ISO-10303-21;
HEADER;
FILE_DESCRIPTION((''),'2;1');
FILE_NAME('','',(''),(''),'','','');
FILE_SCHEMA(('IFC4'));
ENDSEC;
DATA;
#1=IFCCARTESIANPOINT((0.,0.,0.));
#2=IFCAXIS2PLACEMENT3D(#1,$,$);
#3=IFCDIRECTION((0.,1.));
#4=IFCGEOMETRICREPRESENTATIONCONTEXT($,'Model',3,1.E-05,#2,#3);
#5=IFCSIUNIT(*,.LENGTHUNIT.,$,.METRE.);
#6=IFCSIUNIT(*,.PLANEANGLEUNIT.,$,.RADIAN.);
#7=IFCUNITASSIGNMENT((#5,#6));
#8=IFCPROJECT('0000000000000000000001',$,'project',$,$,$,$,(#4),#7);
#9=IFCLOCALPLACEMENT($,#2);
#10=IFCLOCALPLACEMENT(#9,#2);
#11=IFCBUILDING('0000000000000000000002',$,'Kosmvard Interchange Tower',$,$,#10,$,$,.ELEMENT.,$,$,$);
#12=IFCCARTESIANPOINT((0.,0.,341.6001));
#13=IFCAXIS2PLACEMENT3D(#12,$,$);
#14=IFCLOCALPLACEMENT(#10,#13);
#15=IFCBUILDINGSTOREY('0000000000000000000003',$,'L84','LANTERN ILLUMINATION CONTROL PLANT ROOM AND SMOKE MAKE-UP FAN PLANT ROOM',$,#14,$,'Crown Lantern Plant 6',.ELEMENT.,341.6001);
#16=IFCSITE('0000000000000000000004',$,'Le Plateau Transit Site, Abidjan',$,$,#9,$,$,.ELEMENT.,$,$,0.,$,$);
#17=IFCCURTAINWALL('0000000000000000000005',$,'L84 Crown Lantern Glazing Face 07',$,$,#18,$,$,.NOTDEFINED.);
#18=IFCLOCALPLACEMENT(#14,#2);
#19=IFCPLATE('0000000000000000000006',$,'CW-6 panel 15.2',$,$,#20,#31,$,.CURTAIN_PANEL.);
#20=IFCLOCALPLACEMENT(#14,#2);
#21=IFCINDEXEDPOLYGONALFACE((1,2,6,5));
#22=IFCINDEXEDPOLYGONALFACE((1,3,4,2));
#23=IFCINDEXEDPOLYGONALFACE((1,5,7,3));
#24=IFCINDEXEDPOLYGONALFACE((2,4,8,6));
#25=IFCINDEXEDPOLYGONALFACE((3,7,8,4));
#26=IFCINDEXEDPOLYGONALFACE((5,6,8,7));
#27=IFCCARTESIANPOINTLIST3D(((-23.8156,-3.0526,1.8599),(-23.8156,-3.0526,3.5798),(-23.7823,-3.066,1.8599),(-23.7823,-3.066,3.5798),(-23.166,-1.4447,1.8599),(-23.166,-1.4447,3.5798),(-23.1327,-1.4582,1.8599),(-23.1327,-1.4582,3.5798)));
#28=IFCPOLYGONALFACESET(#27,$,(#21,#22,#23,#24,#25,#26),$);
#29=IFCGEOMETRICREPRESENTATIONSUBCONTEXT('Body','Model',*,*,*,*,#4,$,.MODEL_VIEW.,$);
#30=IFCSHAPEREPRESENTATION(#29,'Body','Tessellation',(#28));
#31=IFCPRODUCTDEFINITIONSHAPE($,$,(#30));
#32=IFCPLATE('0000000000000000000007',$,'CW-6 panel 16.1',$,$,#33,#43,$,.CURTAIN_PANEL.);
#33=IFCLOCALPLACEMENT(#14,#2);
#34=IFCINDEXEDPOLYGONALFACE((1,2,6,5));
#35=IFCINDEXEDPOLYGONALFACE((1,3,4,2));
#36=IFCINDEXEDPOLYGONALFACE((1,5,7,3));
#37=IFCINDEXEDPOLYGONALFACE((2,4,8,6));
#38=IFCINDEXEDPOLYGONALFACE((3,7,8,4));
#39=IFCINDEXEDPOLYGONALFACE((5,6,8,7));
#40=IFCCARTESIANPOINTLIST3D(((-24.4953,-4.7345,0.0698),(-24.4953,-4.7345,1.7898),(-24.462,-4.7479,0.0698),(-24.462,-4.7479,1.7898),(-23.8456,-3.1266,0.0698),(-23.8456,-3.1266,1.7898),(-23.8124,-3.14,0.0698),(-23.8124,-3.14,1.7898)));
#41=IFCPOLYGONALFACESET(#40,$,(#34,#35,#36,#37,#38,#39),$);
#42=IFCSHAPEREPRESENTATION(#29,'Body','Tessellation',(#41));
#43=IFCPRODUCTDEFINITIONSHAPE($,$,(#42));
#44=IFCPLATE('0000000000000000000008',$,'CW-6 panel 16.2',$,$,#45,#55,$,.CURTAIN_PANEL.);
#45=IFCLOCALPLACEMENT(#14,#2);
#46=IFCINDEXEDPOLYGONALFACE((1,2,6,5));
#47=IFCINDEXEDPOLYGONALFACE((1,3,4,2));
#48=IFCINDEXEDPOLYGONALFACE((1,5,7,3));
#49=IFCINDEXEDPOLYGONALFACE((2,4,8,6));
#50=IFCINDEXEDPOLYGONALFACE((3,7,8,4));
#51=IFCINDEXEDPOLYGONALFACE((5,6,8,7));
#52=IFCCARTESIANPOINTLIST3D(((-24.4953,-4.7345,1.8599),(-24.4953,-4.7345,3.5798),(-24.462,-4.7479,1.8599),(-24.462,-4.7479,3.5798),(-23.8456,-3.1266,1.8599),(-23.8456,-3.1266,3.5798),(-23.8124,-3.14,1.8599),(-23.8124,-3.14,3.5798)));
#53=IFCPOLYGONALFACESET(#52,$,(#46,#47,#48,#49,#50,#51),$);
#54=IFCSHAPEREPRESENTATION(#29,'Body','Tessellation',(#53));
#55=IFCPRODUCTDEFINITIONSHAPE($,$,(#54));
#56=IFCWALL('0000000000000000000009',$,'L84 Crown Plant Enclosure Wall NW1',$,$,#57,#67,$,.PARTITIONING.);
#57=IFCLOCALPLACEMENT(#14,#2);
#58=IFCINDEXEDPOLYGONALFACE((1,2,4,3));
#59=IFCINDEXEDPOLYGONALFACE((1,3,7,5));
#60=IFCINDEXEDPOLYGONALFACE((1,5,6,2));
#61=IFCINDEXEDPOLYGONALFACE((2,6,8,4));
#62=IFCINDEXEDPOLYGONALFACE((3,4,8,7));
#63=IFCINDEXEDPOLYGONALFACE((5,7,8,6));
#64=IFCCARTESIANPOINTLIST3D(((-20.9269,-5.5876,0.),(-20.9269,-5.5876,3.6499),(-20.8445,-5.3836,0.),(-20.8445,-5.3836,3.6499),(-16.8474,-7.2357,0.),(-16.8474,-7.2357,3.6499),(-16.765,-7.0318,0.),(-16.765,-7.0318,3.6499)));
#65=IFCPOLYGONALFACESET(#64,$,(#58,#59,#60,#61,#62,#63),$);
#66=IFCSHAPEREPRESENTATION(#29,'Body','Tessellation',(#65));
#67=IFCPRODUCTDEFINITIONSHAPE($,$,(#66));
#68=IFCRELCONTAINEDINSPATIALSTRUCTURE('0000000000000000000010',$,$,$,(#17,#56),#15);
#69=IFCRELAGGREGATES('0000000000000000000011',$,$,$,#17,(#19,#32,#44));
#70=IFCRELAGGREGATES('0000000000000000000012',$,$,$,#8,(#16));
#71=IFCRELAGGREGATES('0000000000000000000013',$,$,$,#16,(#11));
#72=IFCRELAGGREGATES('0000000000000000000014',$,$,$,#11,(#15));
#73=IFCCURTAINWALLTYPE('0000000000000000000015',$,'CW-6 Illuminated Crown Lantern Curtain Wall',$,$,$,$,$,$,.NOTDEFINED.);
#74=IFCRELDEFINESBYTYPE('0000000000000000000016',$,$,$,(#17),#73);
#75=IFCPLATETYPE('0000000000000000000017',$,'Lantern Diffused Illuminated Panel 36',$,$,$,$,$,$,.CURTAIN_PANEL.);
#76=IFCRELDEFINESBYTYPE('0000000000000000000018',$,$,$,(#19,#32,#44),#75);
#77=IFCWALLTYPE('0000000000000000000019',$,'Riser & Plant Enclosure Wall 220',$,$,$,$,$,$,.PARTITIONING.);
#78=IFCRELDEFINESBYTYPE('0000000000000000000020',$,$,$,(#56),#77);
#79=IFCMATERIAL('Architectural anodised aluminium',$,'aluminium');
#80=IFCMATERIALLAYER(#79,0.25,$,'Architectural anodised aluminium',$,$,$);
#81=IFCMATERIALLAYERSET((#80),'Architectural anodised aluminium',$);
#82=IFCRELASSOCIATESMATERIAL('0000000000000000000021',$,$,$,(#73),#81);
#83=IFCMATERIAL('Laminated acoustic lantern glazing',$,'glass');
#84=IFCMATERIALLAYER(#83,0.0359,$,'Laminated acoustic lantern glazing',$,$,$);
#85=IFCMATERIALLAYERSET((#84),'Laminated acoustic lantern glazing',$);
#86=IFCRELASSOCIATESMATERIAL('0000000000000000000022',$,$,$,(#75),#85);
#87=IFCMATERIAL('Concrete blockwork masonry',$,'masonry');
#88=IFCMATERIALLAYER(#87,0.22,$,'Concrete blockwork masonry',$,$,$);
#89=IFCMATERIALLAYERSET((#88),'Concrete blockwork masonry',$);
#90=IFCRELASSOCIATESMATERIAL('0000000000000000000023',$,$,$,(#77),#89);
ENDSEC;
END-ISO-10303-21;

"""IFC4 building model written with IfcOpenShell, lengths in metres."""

from ifc_helpers import new_model, si_unit, direction, frame, frame_2d, origin, origin_2d, place, context, subcontext, project, spatial, rectangle, extrude, source, transform, mapped, material, layer, layer_set, type_object, element, aggregate, save


model = new_model("IFC4")

# Units and contexts
model_context = context("Model", 3, precision=1e-05, world=origin(), true_north=direction((0.0, 1.0)))
body_context = subcontext(model_context, "Body", "Model", "MODEL_VIEW")
ifc_project = project(units=[si_unit("LENGTHUNIT", "METRE"), si_unit("PLANEANGLEUNIT", "RADIAN")], contexts=[model_context])

# Site, building, storey
site_placement = place(None, origin())
site = spatial("IfcSite", under=ifc_project, at=site_placement, Name="Le Plateau Transit Site, Abidjan", CompositionType="ELEMENT", RefElevation=0.0)
building_placement = place(site_placement, origin())
building = spatial("IfcBuilding", under=site, at=building_placement, Name="Kosmvard Interchange Tower", CompositionType="ELEMENT")
storey_placement = place(building_placement, frame((0.0, 0.0, 341.6001)))
storey = spatial("IfcBuildingStorey", under=building, at=storey_placement, Name="L84", Description="LANTERN ILLUMINATION CONTROL PLANT ROOM AND SMOKE MAKE-UP FAN PLANT ROOM", LongName="Crown Lantern Plant 6", CompositionType="ELEMENT", Elevation=341.6001)

# Curtain wall
ifc_material_1 = material(Name="Architectural anodised aluminium", Category="aluminium")
ifc_layer_1 = layer(ifc_material_1, 0.25, Name="Architectural anodised aluminium")
ifc_layer_set_1 = layer_set([ifc_layer_1], Name="Architectural anodised aluminium")
curtain_wall_type = type_object("IfcCurtainWallType", Name="CW-6 Illuminated Crown Lantern Curtain Wall", PredefinedType="NOTDEFINED", material=ifc_layer_set_1)
curtain_wall_placement = place(storey_placement, origin())
curtain_wall = element("IfcCurtainWall", 1, at=curtain_wall_placement, inside=storey, type_object=curtain_wall_type, Name="L84 Crown Lantern Glazing Face 07", PredefinedType="NOTDEFINED")

# Plates
ifc_material_2 = material(Name="Laminated acoustic lantern glazing", Category="glass")
ifc_layer_2 = layer(ifc_material_2, 0.0359, Name="Laminated acoustic lantern glazing")
ifc_layer_set_2 = layer_set([ifc_layer_2], Name="Laminated acoustic lantern glazing")
plate_type_1 = type_object("IfcPlateType", Name="Lantern Diffused Illuminated Panel 36", PredefinedType="CURTAIN_PANEL", material=ifc_layer_set_2)
shared_shape_1 = source(origin(), body_context, "Body", "SweptSolid", [
    extrude(rectangle(XDim=1.7341, YDim=0.0359, at=origin_2d()), origin(), (0.0, 0.0, 1.0), 1.72),
])
plate_1_placement = place(storey_placement, frame((-23.4741, -2.2554, 1.8599), z_axis=(0.0, 0.0, 1.0), x_axis=(-0.374607, -0.927184, 0.0)))
plate_1 = element("IfcPlate", 2, at=plate_1_placement, type_object=plate_type_1, Name="CW-6 panel 15.2", PredefinedType="CURTAIN_PANEL", context=body_context, shape_type="MappedRepresentation", body=[
    mapped(shared_shape_1, transform((0.0, 0.0, 0.0), scale=1.0)),
])
plate_2_placement = place(storey_placement, frame((-24.1538, -3.9373, 0.0698), z_axis=(0.0, 0.0, 1.0), x_axis=(-0.374607, -0.927184, 0.0)))
plate_2 = element("IfcPlate", 3, at=plate_2_placement, type_object=plate_type_1, Name="CW-6 panel 16.1", PredefinedType="CURTAIN_PANEL", context=body_context, shape_type="MappedRepresentation", body=[
    mapped(shared_shape_1, transform((0.0, 0.0, 0.0), scale=1.0)),
])
plate_3_placement = place(storey_placement, frame((-24.1538, -3.9373, 1.8599), z_axis=(0.0, 0.0, 1.0), x_axis=(-0.374607, -0.927184, 0.0)))
plate_3 = element("IfcPlate", 4, at=plate_3_placement, type_object=plate_type_1, Name="CW-6 panel 16.2", PredefinedType="CURTAIN_PANEL", context=body_context, shape_type="MappedRepresentation", body=[
    mapped(shared_shape_1, transform((0.0, 0.0, 0.0), scale=1.0)),
])
aggregate(curtain_wall, [plate_1, plate_2, plate_3])

# Wall
ifc_material_3 = material(Name="Concrete blockwork masonry", Category="masonry")
ifc_layer_3 = layer(ifc_material_3, 0.22, Name="Concrete blockwork masonry")
ifc_layer_set_3 = layer_set([ifc_layer_3], Name="Concrete blockwork masonry")
wall_type = type_object("IfcWallType", Name="Riser & Plant Enclosure Wall 220", PredefinedType="PARTITIONING", material=ifc_layer_set_3)
wall_placement = place(storey_placement, frame((-20.8857, -5.4856, 0.0), z_axis=(0.0, 0.0, 1.0), x_axis=(0.927189, -0.374593, 0.0)))
element("IfcWall", 5, at=wall_placement, inside=storey, type_object=wall_type, Name="L84 Crown Plant Enclosure Wall NW1", PredefinedType="PARTITIONING", context=body_context, shape_type="SweptSolid", body=[
    extrude(rectangle(XDim=4.3999, YDim=0.22, at=frame_2d((2.2, 0.0))), origin(), (0.0, 0.0, 1.0), 3.6499),
])

save(model, "model.ifc")
